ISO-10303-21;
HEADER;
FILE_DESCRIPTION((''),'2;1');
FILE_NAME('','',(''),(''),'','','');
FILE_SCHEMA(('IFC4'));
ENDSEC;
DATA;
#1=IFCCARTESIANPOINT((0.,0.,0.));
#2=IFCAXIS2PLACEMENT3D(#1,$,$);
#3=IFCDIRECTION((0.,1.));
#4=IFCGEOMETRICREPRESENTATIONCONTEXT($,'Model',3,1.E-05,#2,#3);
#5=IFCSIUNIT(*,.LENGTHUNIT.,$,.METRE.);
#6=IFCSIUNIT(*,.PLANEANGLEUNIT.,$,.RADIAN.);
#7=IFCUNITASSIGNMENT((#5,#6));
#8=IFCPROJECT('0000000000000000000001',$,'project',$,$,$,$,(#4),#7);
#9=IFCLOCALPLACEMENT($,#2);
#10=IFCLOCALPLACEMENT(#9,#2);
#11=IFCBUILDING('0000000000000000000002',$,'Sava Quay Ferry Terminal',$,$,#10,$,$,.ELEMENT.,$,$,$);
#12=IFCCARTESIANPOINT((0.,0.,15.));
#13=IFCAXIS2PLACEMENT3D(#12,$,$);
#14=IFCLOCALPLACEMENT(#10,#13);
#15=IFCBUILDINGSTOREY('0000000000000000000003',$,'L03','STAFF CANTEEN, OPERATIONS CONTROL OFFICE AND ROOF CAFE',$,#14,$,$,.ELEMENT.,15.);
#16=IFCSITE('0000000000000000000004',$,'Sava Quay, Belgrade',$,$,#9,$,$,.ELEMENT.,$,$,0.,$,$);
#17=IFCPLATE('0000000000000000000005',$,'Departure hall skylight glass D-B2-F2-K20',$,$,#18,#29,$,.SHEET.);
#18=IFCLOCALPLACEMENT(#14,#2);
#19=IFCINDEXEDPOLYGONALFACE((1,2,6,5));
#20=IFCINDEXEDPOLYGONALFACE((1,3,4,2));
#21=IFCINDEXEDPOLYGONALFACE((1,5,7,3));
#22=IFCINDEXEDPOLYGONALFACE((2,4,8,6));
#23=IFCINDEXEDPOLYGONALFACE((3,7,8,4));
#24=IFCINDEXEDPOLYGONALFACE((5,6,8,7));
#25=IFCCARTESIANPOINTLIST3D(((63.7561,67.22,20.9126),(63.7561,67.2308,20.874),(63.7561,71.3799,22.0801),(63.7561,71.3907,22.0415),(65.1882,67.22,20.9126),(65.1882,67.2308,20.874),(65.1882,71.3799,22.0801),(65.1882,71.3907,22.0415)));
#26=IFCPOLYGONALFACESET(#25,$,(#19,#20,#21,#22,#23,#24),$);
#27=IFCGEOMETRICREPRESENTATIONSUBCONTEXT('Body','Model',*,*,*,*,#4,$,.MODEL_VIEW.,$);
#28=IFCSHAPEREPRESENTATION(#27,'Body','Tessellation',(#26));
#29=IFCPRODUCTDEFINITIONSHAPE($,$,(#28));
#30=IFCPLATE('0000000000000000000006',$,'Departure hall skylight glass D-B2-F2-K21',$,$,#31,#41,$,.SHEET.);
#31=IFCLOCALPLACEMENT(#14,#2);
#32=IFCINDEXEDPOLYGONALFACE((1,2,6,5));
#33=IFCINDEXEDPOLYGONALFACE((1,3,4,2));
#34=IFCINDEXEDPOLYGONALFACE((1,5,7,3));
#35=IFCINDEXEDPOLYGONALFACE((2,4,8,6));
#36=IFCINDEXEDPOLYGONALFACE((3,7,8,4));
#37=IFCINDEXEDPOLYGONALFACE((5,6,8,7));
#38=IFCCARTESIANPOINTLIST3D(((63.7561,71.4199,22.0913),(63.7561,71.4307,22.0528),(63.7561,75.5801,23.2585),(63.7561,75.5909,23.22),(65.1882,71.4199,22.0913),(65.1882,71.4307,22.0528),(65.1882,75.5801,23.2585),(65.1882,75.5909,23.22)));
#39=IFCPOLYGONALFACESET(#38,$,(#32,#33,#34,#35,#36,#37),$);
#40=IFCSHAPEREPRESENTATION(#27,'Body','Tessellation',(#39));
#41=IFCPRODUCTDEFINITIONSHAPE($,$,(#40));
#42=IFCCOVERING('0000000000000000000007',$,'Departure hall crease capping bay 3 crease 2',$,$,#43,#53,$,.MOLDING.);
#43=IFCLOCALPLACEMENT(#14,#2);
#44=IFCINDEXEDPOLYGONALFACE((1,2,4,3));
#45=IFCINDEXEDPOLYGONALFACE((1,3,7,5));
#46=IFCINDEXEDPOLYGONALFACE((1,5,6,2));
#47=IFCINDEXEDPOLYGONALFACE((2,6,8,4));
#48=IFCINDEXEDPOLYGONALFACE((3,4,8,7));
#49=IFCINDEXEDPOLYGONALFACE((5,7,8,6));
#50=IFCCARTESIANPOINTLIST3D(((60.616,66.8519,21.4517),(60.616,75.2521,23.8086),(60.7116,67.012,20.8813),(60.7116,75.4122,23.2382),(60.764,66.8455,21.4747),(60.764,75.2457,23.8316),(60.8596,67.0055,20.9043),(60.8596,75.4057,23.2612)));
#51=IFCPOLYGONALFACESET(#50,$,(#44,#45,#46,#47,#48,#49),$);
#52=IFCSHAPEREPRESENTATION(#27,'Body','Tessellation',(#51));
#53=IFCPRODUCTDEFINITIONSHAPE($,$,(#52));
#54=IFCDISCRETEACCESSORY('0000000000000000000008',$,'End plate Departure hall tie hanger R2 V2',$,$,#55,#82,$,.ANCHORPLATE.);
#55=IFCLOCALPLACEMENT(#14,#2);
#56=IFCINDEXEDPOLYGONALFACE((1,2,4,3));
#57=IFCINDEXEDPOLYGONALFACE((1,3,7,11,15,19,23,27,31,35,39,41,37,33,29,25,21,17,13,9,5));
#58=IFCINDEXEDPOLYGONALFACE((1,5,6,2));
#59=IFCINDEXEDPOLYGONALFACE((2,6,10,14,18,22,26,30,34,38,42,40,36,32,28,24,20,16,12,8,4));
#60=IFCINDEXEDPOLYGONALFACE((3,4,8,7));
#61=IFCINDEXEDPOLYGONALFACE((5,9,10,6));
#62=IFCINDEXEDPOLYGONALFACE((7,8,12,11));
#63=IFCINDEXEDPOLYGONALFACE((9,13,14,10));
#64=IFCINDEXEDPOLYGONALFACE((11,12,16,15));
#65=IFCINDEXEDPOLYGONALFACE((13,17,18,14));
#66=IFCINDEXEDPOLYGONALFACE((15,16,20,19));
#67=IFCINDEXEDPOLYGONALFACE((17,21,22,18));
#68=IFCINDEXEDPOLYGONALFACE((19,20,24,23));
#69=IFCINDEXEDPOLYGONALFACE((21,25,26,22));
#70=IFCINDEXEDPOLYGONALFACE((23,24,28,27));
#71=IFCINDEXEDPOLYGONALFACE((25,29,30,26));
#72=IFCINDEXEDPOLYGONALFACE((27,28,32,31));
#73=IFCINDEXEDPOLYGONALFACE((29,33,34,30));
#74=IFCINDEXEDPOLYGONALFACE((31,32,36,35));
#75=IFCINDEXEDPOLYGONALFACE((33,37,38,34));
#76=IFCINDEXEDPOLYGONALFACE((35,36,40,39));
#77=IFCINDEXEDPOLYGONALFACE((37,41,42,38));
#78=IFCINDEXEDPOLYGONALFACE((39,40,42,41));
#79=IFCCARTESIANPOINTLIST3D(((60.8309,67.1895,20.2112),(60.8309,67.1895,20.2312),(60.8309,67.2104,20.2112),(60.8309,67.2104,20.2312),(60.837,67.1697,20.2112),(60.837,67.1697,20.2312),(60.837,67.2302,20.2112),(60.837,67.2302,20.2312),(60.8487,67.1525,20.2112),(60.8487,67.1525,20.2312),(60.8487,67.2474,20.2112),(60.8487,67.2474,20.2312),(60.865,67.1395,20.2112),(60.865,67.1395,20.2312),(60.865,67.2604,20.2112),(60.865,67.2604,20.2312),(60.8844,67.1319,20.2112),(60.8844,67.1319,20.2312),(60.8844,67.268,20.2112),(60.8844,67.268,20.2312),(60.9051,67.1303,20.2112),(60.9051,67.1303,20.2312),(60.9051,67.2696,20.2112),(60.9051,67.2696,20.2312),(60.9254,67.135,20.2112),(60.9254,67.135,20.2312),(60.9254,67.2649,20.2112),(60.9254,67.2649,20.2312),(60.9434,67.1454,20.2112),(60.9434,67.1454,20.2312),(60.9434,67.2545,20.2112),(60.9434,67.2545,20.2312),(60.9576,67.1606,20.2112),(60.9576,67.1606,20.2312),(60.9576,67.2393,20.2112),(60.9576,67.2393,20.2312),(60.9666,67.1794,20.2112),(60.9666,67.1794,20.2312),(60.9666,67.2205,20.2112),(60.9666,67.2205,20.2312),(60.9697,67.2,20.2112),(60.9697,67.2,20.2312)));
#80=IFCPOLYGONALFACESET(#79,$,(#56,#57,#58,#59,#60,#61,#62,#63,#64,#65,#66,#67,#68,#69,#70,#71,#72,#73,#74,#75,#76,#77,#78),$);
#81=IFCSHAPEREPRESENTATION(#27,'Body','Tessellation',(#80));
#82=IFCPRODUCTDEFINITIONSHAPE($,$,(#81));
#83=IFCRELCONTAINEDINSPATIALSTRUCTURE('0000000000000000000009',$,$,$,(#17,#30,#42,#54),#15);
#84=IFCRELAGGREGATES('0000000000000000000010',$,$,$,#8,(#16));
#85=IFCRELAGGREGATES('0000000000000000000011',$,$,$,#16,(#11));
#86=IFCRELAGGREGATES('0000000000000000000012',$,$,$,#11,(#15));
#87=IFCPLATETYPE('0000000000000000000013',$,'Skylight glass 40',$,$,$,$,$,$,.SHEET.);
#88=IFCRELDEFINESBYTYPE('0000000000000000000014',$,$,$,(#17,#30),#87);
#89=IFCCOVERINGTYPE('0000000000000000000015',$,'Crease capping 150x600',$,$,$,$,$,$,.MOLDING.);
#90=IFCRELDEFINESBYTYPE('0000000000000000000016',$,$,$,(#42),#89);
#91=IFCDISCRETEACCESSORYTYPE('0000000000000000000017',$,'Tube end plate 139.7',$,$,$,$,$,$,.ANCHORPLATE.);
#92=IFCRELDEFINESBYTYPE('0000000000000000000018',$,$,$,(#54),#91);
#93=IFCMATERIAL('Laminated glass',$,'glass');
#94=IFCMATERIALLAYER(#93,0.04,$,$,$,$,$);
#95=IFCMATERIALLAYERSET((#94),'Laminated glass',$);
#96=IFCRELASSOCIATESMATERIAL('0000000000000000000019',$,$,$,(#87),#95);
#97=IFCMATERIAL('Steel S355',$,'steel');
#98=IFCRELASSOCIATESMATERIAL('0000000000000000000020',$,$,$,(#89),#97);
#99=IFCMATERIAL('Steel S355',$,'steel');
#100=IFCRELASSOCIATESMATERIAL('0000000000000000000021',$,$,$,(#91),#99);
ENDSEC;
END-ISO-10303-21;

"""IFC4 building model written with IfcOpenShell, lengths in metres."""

from ifc_helpers import new_model, si_unit, direction, frame, origin, origin_2d, place, context, subcontext, project, spatial, polyline, rectangle, circle, outline, extrude, material, layer, layer_set, material_profile, profile_set, type_object, element, save


model = new_model("IFC4")

# Units and contexts
model_context = context("Model", 3, precision=1e-05, world=origin(), true_north=direction((0.0, 1.0)))
body_context = subcontext(model_context, "Body", "Model", "MODEL_VIEW")
ifc_project = project(units=[si_unit("LENGTHUNIT", "METRE"), si_unit("PLANEANGLEUNIT", "RADIAN")], contexts=[model_context])

# Site, building, storey
site_placement = place(None, origin())
site = spatial("IfcSite", under=ifc_project, at=site_placement, Name="Sava Quay, Belgrade", CompositionType="ELEMENT", RefElevation=0.0)
building_placement = place(site_placement, origin())
building = spatial("IfcBuilding", under=site, at=building_placement, Name="Sava Quay Ferry Terminal", CompositionType="ELEMENT")
storey_placement = place(building_placement, frame((0.0, 0.0, 15.0)))
storey = spatial("IfcBuildingStorey", under=building, at=storey_placement, Name="L03", Description="STAFF CANTEEN, OPERATIONS CONTROL OFFICE AND ROOF CAFE", CompositionType="ELEMENT", Elevation=15.0)

# Plates
ifc_material_1 = material(Name="Laminated glass", Category="glass")
ifc_layer = layer(ifc_material_1, 0.04)
ifc_layer_set = layer_set([ifc_layer], Name="Laminated glass")
plate_type = type_object("IfcPlateType", Name="Skylight glass 40", PredefinedType="SHEET", material=ifc_layer_set)
plate_1_placement = place(storey_placement, frame((63.7561, 67.22, 20.9126), z_axis=(0.0, -0.27021, 0.962801), x_axis=(0.0, 0.962801, 0.27021)))
element("IfcPlate", 1, at=plate_1_placement, inside=storey, type_object=plate_type, Name="Departure hall skylight glass D-B2-F2-K20", PredefinedType="SHEET", context=body_context, shape_type="SweptSolid", body=[
    extrude(outline(polyline([(0.0, 0.0), (4.3206, 0.0), (4.3206, -1.4321), (0.0, -1.4321), (0.0, 0.0)])), origin(), (0.0, 0.0, -1.0), 0.04),
])
plate_2_placement = place(storey_placement, frame((63.7561, 71.4199, 22.0913), z_axis=(0.0, -0.270143, 0.96282), x_axis=(0.0, 0.96282, 0.270143)))
element("IfcPlate", 2, at=plate_2_placement, inside=storey, type_object=plate_type, Name="Departure hall skylight glass D-B2-F2-K21", PredefinedType="SHEET", context=body_context, shape_type="SweptSolid", body=[
    extrude(outline(polyline([(0.0, 0.0), (4.3208, 0.0), (4.3208, -1.4321), (0.0, -1.4321), (0.0, 0.0)])), origin(), (0.0, 0.0, -1.0), 0.04),
])

# Covering
ifc_material_2 = material(Name="Steel S355", Category="steel")
ifc_material_profile_1 = material_profile(ifc_material_2, rectangle(XDim=0.1499, YDim=0.6001, at=origin_2d()), Name="Cap 150 x 600")
ifc_profile_set_1 = profile_set([ifc_material_profile_1], Name="Steel S355")
covering_type = type_object("IfcCoveringType", Name="Crease capping 150x600", PredefinedType="MOLDING", material=ifc_profile_set_1)
covering_placement = place(storey_placement, frame((60.7378, 66.9287, 21.178), z_axis=(0.0, 0.962818, 0.27015), x_axis=(-0.987218, 0.043056, -0.153452)))
element("IfcCovering", 3, at=covering_placement, inside=storey, type_object=covering_type, Name="Departure hall crease capping bay 3 crease 2", PredefinedType="MOLDING", context=body_context, shape_type="SweptSolid", body=[
    extrude(rectangle(XDim=0.1499, YDim=0.6001, at=origin_2d()), origin(), (0.0, 0.0, 1.0), 8.7246),
])

# Discrete accessory
ifc_material_3 = material(Name="Steel S355", Category="steel")
ifc_material_profile_2 = material_profile(ifc_material_3, circle(Radius=0.0698, at=origin_2d()), Name="Plate 139.7 dia x 20")
ifc_profile_set_2 = profile_set([ifc_material_profile_2], Name="Steel S355")
discrete_accessory_type = type_object("IfcDiscreteAccessoryType", Name="Tube end plate 139.7", PredefinedType="ANCHORPLATE", material=ifc_profile_set_2)
discrete_accessory_placement = place(storey_placement, frame((60.8999, 67.2, 20.2112), z_axis=(0.0, 0.0, 1.0), x_axis=(1.0, 0.0, 0.0)))
element("IfcDiscreteAccessory", 4, at=discrete_accessory_placement, inside=storey, type_object=discrete_accessory_type, Name="End plate Departure hall tie hanger R2 V2", PredefinedType="ANCHORPLATE", context=body_context, shape_type="SweptSolid", body=[
    extrude(circle(Radius=0.0698, at=origin_2d()), origin(), (0.0, 0.0, 1.0), 0.02),
])

save(model, "model.ifc")
